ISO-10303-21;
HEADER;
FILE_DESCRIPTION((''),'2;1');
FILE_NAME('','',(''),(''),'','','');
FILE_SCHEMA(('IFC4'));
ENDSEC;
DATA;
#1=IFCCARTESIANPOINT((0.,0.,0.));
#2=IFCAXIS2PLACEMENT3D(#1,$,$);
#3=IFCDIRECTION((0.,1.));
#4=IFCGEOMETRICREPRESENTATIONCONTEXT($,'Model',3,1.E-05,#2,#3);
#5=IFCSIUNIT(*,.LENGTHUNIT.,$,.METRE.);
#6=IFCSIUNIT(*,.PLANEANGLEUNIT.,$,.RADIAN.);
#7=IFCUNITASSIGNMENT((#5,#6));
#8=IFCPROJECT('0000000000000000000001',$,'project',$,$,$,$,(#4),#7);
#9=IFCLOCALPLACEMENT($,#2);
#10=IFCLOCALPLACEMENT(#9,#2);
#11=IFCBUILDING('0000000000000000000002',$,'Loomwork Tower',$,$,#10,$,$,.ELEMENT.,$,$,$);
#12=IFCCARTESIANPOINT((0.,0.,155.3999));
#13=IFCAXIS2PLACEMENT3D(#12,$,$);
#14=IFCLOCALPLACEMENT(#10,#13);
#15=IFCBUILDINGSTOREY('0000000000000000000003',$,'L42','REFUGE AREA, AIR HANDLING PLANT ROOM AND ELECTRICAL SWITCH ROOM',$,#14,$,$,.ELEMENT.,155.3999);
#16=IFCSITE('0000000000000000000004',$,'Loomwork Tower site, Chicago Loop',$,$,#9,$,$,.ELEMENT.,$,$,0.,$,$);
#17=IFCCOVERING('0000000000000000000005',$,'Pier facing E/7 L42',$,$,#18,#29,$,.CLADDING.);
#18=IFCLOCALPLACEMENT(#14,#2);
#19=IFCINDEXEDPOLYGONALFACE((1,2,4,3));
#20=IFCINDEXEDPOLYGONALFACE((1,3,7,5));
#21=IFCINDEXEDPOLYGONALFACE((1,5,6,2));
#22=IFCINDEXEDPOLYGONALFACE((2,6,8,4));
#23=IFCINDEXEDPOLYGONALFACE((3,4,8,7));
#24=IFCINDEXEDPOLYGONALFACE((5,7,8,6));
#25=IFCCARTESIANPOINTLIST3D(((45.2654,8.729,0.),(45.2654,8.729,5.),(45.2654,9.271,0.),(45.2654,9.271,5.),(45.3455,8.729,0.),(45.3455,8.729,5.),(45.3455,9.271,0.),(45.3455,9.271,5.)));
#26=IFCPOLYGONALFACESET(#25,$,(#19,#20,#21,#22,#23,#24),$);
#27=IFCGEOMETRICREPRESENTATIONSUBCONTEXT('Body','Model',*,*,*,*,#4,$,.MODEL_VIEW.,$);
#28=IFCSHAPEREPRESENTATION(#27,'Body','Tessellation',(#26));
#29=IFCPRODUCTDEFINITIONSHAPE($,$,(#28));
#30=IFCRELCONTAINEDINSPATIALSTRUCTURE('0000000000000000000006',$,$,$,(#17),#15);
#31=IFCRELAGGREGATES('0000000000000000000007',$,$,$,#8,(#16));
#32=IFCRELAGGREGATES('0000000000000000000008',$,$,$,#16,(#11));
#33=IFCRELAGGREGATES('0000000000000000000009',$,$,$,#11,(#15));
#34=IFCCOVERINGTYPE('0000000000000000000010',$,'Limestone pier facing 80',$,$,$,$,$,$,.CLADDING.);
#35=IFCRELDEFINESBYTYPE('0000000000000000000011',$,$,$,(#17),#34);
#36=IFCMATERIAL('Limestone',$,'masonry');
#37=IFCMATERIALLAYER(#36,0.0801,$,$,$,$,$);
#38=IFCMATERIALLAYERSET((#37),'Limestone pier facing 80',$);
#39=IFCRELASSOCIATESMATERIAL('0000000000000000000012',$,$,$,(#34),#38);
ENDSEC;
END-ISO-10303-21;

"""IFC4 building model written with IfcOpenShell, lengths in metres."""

from ifc_helpers import new_model, si_unit, direction, frame, origin, origin_2d, place, context, subcontext, project, spatial, rectangle, extrude, material, layer, layer_set, type_object, element, save


model = new_model("IFC4")

# Units and contexts
model_context = context("Model", 3, precision=1e-05, world=origin(), true_north=direction((0.0, 1.0)))
body_context = subcontext(model_context, "Body", "Model", "MODEL_VIEW")
ifc_project = project(units=[si_unit("LENGTHUNIT", "METRE"), si_unit("PLANEANGLEUNIT", "RADIAN")], contexts=[model_context])

# Site, building, storey
site_placement = place(None, origin())
site = spatial("IfcSite", under=ifc_project, at=site_placement, Name="Loomwork Tower site, Chicago Loop", CompositionType="ELEMENT", RefElevation=0.0)
building_placement = place(site_placement, origin())
building = spatial("IfcBuilding", under=site, at=building_placement, Name="Loomwork Tower", CompositionType="ELEMENT")
storey_placement = place(building_placement, frame((0.0, 0.0, 155.3999)))
storey = spatial("IfcBuildingStorey", under=building, at=storey_placement, Name="L42", Description="REFUGE AREA, AIR HANDLING PLANT ROOM AND ELECTRICAL SWITCH ROOM", CompositionType="ELEMENT", Elevation=155.3999)

# Covering
ifc_material_1 = material(Name="Limestone", Category="masonry")
ifc_layer_1 = layer(ifc_material_1, 0.0801)
ifc_layer_set_1 = layer_set([ifc_layer_1], Name="Limestone pier facing 80")
covering_type_1 = type_object("IfcCoveringType", Name="Limestone pier facing 80", PredefinedType="CLADDING", material=ifc_layer_set_1)
covering_1_placement = place(storey_placement, frame((45.3054, 9.0, 0.0), z_axis=(0.0, 0.0, 1.0), x_axis=(1.0, 0.0, 0.0)))
element("IfcCovering", 1, at=covering_1_placement, inside=storey, type_object=covering_type_1, Name="Pier facing E/7 L42", PredefinedType="CLADDING", context=body_context, shape_type="SweptSolid", body=[
    extrude(rectangle(XDim=0.0801, YDim=0.542, at=origin_2d()), origin(), (0.0, 0.0, 1.0), 5.0),
])

save(model, "model.ifc")
